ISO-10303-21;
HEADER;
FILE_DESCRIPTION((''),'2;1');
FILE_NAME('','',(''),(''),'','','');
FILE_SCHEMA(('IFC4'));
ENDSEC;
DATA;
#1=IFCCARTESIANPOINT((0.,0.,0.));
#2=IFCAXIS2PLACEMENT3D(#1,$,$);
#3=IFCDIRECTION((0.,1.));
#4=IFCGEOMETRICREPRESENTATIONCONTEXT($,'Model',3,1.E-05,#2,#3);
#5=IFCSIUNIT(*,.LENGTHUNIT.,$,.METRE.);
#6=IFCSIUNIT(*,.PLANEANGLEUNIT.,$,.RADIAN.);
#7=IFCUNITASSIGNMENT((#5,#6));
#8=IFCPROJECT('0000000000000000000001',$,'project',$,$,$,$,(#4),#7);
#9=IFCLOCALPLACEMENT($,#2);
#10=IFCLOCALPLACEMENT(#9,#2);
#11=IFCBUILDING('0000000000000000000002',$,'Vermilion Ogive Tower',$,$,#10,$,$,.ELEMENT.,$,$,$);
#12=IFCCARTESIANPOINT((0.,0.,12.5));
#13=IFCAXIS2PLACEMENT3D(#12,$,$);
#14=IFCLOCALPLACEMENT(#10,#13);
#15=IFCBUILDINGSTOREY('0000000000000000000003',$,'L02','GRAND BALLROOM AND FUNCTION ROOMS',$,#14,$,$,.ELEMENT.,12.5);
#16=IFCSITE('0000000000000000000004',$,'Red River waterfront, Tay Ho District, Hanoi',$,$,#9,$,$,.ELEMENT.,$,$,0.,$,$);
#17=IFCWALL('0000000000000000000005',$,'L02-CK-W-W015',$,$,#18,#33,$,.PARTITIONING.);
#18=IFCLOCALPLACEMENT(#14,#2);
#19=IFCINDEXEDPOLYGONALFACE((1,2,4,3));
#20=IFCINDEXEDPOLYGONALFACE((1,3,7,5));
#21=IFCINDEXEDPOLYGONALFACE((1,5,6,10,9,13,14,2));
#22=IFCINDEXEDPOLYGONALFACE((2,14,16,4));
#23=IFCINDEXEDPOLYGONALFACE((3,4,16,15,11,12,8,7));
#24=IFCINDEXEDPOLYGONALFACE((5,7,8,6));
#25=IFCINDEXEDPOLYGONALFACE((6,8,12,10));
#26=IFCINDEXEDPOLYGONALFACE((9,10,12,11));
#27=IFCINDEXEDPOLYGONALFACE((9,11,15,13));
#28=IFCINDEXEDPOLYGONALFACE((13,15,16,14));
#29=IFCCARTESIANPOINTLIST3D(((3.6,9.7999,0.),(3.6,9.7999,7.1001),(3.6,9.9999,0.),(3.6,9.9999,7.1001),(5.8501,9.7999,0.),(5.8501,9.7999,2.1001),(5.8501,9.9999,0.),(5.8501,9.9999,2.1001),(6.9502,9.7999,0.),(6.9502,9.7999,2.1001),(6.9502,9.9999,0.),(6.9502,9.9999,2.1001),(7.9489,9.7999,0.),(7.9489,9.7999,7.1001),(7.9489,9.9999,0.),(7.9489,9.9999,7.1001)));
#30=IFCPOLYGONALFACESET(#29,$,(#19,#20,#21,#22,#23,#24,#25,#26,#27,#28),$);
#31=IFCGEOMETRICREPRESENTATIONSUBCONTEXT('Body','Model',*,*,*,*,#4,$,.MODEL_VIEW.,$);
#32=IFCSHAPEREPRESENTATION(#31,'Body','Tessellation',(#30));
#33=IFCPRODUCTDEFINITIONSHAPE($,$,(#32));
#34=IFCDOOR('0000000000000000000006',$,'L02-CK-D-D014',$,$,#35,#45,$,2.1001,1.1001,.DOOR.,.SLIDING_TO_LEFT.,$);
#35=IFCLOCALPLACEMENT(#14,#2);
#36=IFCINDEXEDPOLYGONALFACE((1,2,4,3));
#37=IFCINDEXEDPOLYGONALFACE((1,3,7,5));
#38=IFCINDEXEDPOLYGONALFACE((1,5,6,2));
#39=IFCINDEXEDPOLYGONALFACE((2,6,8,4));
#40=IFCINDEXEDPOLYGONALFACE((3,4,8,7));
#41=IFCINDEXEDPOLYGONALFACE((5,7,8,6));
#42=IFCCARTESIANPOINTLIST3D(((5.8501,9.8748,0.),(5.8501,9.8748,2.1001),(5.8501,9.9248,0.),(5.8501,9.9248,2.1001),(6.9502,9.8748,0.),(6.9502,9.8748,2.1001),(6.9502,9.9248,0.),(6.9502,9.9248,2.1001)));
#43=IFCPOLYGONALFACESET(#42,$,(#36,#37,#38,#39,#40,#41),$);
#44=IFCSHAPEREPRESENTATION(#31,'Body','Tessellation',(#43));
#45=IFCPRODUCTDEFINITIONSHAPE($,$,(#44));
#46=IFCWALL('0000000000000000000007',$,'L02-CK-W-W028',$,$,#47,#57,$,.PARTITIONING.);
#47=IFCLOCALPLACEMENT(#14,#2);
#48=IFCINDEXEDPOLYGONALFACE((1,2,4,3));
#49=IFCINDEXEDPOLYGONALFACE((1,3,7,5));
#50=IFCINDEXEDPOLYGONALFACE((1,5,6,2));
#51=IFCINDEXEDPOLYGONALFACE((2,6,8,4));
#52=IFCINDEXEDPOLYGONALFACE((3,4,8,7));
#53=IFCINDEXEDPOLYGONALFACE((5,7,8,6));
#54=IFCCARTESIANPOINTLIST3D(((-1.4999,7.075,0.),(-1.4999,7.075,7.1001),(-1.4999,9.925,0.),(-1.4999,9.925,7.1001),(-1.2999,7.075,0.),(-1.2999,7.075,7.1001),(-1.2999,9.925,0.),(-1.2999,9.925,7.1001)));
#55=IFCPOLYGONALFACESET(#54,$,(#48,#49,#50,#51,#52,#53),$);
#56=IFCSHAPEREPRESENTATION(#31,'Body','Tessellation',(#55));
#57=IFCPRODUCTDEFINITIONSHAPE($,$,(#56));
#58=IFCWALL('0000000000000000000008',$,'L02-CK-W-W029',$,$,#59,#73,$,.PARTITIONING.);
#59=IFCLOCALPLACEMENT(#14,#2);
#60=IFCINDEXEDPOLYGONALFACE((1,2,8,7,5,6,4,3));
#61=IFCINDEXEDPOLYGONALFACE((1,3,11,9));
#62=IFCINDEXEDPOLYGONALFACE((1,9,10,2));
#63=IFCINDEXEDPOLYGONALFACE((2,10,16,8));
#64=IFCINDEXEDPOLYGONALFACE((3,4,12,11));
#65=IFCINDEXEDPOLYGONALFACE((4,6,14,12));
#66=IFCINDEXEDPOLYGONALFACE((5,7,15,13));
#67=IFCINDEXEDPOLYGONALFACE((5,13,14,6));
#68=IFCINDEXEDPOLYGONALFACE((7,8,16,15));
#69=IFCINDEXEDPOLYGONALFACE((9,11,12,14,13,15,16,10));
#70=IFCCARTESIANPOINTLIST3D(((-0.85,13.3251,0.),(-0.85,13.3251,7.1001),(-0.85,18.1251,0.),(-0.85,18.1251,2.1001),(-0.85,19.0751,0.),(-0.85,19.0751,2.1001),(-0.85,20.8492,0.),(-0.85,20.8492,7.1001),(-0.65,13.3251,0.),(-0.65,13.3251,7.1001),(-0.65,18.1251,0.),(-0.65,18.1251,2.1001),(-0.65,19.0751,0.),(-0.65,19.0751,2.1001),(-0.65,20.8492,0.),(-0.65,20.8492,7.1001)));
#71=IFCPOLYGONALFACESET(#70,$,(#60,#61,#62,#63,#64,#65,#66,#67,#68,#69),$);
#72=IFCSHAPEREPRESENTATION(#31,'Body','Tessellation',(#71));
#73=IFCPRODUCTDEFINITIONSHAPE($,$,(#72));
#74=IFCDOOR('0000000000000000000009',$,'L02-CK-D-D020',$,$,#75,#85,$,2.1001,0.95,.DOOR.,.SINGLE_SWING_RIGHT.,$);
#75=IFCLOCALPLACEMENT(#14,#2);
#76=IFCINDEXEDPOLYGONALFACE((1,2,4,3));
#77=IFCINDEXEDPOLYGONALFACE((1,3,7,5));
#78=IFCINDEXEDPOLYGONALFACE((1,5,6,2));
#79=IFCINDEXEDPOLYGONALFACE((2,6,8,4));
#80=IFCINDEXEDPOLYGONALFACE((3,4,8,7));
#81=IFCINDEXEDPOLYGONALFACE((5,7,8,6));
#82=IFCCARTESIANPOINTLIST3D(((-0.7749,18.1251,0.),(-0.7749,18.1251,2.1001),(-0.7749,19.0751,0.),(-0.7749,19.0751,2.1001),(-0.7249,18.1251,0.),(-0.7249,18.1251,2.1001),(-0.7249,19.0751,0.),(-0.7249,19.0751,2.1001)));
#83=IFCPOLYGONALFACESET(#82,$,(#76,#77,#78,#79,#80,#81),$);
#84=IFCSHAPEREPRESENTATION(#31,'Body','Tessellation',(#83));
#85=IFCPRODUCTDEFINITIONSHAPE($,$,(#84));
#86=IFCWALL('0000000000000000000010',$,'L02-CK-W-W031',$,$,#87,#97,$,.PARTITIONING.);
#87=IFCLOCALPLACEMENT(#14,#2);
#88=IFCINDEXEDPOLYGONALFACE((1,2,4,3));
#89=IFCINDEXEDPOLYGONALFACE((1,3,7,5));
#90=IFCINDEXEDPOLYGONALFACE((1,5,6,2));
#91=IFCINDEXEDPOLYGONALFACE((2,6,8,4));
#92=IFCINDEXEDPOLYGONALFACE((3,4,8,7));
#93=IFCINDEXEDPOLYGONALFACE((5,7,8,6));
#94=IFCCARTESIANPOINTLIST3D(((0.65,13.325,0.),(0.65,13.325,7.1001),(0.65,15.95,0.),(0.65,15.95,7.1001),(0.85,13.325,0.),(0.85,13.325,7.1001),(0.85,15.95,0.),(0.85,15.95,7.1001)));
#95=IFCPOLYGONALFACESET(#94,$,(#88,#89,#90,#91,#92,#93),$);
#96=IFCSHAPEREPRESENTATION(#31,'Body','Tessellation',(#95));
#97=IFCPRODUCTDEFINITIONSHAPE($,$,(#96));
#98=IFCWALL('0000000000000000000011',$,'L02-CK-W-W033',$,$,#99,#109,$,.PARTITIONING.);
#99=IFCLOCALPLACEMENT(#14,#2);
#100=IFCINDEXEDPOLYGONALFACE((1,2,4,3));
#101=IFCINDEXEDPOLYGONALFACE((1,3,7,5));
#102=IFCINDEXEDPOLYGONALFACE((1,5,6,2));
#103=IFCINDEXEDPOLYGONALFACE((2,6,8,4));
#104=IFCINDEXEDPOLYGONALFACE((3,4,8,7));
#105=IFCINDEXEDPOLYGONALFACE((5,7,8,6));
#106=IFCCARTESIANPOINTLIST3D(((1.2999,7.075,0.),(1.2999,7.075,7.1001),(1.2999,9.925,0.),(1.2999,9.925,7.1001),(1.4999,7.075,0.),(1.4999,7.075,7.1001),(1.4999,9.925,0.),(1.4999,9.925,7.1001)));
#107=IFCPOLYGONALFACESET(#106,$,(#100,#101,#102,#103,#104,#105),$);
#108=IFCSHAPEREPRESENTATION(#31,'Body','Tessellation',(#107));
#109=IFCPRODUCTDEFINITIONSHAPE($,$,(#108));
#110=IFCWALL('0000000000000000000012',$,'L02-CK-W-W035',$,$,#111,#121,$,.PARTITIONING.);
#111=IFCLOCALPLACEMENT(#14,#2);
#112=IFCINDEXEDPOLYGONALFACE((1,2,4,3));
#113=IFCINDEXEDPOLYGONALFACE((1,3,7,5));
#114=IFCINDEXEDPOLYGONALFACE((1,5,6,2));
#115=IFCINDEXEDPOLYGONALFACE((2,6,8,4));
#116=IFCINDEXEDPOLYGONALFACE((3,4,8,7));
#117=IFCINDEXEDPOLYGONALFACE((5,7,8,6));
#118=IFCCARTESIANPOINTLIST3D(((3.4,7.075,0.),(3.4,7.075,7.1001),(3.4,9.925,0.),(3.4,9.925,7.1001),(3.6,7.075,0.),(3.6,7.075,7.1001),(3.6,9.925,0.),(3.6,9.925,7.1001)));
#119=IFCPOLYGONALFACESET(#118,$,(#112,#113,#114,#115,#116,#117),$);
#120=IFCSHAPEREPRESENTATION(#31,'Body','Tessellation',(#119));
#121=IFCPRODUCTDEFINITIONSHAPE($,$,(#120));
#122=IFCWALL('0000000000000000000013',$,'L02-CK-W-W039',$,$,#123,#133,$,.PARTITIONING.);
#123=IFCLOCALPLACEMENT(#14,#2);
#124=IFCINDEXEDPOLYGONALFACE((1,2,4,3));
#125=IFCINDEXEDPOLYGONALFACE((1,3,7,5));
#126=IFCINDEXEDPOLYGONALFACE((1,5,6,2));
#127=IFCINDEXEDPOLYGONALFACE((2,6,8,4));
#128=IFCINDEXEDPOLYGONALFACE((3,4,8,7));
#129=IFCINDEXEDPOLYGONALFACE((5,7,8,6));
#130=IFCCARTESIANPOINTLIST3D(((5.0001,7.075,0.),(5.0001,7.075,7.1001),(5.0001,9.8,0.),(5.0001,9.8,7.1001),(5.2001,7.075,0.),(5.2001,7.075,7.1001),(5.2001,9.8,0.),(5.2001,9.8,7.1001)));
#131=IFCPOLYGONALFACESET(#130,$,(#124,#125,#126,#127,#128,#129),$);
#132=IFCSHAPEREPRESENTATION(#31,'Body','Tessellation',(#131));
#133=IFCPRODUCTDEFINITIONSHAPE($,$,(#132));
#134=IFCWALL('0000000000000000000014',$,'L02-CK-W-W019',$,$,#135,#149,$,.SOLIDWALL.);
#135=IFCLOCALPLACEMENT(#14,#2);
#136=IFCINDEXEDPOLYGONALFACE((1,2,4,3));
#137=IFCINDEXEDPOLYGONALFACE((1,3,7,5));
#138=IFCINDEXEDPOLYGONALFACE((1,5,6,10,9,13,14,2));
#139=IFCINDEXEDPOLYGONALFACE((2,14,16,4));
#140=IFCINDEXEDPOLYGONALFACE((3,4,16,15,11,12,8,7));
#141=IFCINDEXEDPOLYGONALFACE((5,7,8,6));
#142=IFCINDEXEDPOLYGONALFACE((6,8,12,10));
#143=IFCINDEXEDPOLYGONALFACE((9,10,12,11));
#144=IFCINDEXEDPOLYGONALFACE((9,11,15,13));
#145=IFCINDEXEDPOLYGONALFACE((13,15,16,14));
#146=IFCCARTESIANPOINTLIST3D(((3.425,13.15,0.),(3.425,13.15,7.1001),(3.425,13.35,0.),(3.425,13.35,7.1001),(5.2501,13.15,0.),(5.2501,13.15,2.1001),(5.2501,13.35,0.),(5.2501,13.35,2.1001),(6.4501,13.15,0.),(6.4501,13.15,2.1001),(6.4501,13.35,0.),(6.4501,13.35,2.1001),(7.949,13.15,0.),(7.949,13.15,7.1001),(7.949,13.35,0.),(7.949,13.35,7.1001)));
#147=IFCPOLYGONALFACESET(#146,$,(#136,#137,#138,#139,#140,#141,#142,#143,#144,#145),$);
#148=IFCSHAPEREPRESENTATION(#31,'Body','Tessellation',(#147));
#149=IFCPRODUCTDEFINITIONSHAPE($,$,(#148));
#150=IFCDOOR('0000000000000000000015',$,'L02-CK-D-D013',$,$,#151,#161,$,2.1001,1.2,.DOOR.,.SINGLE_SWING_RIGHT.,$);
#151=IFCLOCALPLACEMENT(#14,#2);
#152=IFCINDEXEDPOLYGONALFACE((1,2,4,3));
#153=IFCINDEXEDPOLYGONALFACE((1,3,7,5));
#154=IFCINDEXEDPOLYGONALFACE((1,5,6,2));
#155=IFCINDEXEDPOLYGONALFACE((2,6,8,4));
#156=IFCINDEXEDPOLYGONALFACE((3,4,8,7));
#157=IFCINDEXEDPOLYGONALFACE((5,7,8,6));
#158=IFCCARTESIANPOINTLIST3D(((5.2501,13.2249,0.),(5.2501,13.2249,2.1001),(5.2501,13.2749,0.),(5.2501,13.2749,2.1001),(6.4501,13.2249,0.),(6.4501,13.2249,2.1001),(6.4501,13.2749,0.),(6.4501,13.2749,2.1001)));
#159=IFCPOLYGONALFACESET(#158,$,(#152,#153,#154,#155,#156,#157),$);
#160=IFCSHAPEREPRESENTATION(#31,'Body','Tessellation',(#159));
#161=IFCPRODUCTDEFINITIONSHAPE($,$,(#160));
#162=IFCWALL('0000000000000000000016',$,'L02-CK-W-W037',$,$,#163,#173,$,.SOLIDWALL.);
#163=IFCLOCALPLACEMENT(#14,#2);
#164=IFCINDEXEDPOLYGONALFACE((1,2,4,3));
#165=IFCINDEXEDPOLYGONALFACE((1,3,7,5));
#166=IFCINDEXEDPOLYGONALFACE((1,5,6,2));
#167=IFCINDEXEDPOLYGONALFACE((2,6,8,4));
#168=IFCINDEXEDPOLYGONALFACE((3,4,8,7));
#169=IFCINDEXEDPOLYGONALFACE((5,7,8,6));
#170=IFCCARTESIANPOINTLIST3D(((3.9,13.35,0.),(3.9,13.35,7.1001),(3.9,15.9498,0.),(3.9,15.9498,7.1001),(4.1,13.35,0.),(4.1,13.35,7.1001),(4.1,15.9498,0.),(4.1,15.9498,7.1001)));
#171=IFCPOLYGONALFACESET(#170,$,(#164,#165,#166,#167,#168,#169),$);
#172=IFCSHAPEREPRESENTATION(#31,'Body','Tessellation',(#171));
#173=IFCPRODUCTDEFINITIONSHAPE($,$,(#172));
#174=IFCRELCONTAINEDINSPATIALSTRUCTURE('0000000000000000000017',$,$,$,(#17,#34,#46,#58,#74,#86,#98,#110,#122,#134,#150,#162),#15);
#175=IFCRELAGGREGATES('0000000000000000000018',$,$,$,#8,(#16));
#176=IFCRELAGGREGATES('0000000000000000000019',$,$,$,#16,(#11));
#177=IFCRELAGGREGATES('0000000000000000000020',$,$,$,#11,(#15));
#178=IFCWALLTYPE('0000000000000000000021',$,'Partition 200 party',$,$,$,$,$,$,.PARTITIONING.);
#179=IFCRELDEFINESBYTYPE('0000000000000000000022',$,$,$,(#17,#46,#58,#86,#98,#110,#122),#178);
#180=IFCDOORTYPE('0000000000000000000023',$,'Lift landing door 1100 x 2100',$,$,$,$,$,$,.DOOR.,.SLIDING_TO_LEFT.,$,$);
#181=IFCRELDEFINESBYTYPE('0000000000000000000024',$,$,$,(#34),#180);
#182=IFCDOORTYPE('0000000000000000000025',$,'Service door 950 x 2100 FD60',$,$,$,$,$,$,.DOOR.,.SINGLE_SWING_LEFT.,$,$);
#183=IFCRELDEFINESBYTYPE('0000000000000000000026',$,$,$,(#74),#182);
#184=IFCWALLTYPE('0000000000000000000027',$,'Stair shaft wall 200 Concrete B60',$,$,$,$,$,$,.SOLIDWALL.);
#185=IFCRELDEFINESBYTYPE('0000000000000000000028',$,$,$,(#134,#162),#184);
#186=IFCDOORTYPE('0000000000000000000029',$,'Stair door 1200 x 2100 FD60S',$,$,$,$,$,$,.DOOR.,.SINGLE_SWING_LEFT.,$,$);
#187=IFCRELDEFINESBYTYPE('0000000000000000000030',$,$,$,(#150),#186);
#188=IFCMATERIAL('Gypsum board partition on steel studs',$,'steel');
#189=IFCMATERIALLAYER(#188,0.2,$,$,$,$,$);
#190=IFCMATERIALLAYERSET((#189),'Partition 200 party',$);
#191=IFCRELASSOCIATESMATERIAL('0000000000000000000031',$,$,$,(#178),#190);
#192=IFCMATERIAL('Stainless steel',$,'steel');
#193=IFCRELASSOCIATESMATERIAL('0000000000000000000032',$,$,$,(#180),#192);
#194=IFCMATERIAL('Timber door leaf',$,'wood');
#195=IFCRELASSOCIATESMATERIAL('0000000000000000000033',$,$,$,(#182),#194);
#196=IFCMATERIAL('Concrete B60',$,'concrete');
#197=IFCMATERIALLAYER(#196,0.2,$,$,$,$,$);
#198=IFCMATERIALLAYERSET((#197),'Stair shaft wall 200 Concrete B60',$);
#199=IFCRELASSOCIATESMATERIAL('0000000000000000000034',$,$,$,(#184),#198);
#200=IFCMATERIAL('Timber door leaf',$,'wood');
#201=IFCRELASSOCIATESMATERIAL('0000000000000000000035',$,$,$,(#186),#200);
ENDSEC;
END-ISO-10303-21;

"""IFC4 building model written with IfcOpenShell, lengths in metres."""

from ifc_helpers import new_model, si_unit, direction, frame, frame_2d, origin, place, context, subcontext, project, spatial, rectangle, extrude, material, layer, layer_set, type_object, element, fill, save


model = new_model("IFC4")

# Units and contexts
model_context = context("Model", 3, precision=1e-05, world=origin(), true_north=direction((0.0, 1.0)))
body_context = subcontext(model_context, "Body", "Model", "MODEL_VIEW")
ifc_project = project(units=[si_unit("LENGTHUNIT", "METRE"), si_unit("PLANEANGLEUNIT", "RADIAN")], contexts=[model_context])

# Site, building, storey
site_placement = place(None, origin())
site = spatial("IfcSite", under=ifc_project, at=site_placement, Name="Red River waterfront, Tay Ho District, Hanoi", CompositionType="ELEMENT", RefElevation=0.0)
building_placement = place(site_placement, origin())
building = spatial("IfcBuilding", under=site, at=building_placement, Name="Vermilion Ogive Tower", CompositionType="ELEMENT")
storey_placement = place(building_placement, frame((0.0, 0.0, 12.5)))
storey = spatial("IfcBuildingStorey", under=building, at=storey_placement, Name="L02", Description="GRAND BALLROOM AND FUNCTION ROOMS", CompositionType="ELEMENT", Elevation=12.5)

# Shared definitions
ifc_material_1 = material(Name="Gypsum board partition on steel studs", Category="steel")
ifc_layer_1 = layer(ifc_material_1, 0.2)
ifc_layer_set_1 = layer_set([ifc_layer_1], Name="Partition 200 party")
wall_type_1 = type_object("IfcWallType", Name="Partition 200 party", PredefinedType="PARTITIONING", material=ifc_layer_set_1)

# Wall, opening, door
wall_1_placement = place(storey_placement, frame((3.6001, 9.8999, 0.0), z_axis=(0.0, 0.0, 1.0), x_axis=(1.0, 0.0, 0.0)))
wall_1 = element("IfcWall", 1, at=wall_1_placement, inside=storey, type_object=wall_type_1, Name="L02-CK-W-W015", PredefinedType="PARTITIONING", context=body_context, shape_type="SweptSolid", body=[
    extrude(rectangle(XDim=4.3489, YDim=0.2, at=frame_2d((2.1743, 0.0))), origin(), (0.0, 0.0, 1.0), 7.1001),
])
opening_1_placement = place(wall_1_placement, frame((2.25, 0.0, 0.0)))
opening_1 = element("IfcOpeningElement", 2, at=opening_1_placement, cuts=wall_1, PredefinedType="OPENING", context=body_context, shape_type="SweptSolid", body=[
    extrude(rectangle(XDim=1.1001, YDim=2.1001, at=frame_2d((0.55, 1.05))), frame((0.0, 0.1099, 0.0), z_axis=(0.0, -1.0, 0.0), x_axis=(1.0, 0.0, 0.0)), (0.0, 0.0, 1.0), 0.22),
])
ifc_material_2 = material(Name="Stainless steel", Category="steel")
door_type_1 = type_object("IfcDoorType", Name="Lift landing door 1100 x 2100", OperationType="SLIDING_TO_LEFT", PredefinedType="DOOR", material=ifc_material_2)
door_1_placement = place(opening_1_placement, origin())
door_1 = element("IfcDoor", 3, at=door_1_placement, inside=storey, type_object=door_type_1, Name="L02-CK-D-D014", OperationType="SLIDING_TO_LEFT", OverallHeight=2.1001, OverallWidth=1.1001, PredefinedType="DOOR", context=body_context, shape_type="SweptSolid", body=[
    extrude(rectangle(XDim=1.1001, YDim=2.1001, at=frame_2d((0.55, 1.05))), frame((0.0, 0.0249, 0.0), z_axis=(0.0, -1.0, 0.0), x_axis=(1.0, 0.0, 0.0)), (0.0, 0.0, 1.0), 0.05),
])
fill(opening_1, door_1)

# Wall
wall_2_placement = place(storey_placement, frame((-1.3999, 7.075, 0.0), z_axis=(0.0, 0.0, 1.0), x_axis=(0.0, 1.0, 0.0)))
element("IfcWall", 4, at=wall_2_placement, inside=storey, type_object=wall_type_1, Name="L02-CK-W-W028", PredefinedType="PARTITIONING", context=body_context, shape_type="SweptSolid", body=[
    extrude(rectangle(XDim=2.8501, YDim=0.2, at=frame_2d((1.425, 0.0))), origin(), (0.0, 0.0, 1.0), 7.1001),
])

# Wall, opening, door
wall_3_placement = place(storey_placement, frame((-0.75, 13.325, 0.0), z_axis=(0.0, 0.0, 1.0), x_axis=(0.0, 1.0, 0.0)))
wall_3 = element("IfcWall", 5, at=wall_3_placement, inside=storey, type_object=wall_type_1, Name="L02-CK-W-W029", PredefinedType="PARTITIONING", context=body_context, shape_type="SweptSolid", body=[
    extrude(rectangle(XDim=7.5242, YDim=0.2, at=frame_2d((3.7622, 0.0))), origin(), (0.0, 0.0, 1.0), 7.1001),
])
opening_2_placement = place(wall_3_placement, frame((4.8, 0.0, 0.0)))
opening_2 = element("IfcOpeningElement", 6, at=opening_2_placement, cuts=wall_3, PredefinedType="OPENING", context=body_context, shape_type="SweptSolid", body=[
    extrude(rectangle(XDim=0.95, YDim=2.1001, at=frame_2d((0.4751, 1.05))), frame((0.0, 0.1099, 0.0), z_axis=(0.0, -1.0, 0.0), x_axis=(1.0, 0.0, 0.0)), (0.0, 0.0, 1.0), 0.22),
])
ifc_material_3 = material(Name="Timber door leaf", Category="wood")
door_type_2 = type_object("IfcDoorType", Name="Service door 950 x 2100 FD60", OperationType="SINGLE_SWING_LEFT", PredefinedType="DOOR", material=ifc_material_3)
door_2_placement = place(opening_2_placement, origin())
door_2 = element("IfcDoor", 7, at=door_2_placement, inside=storey, type_object=door_type_2, Name="L02-CK-D-D020", OperationType="SINGLE_SWING_RIGHT", OverallHeight=2.1001, OverallWidth=0.95, PredefinedType="DOOR", context=body_context, shape_type="SweptSolid", body=[
    extrude(rectangle(XDim=0.95, YDim=2.1001, at=frame_2d((0.4751, 1.05))), frame((0.0, 0.0249, 0.0), z_axis=(0.0, -1.0, 0.0), x_axis=(1.0, 0.0, 0.0)), (0.0, 0.0, 1.0), 0.05),
])
fill(opening_2, door_2)

# Walls
wall_4_placement = place(storey_placement, frame((0.75, 13.325, 0.0), z_axis=(0.0, 0.0, 1.0), x_axis=(0.0, 1.0, 0.0)))
element("IfcWall", 8, at=wall_4_placement, inside=storey, type_object=wall_type_1, Name="L02-CK-W-W031", PredefinedType="PARTITIONING", context=body_context, shape_type="SweptSolid", body=[
    extrude(rectangle(XDim=2.625, YDim=0.2, at=frame_2d((1.3125, 0.0))), origin(), (0.0, 0.0, 1.0), 7.1001),
])
for number, where, z_axis, x_axis, name in (
    (9, (1.3999, 7.075, 0.0), (0.0, 0.0, 1.0), (0.0, 1.0, 0.0), "L02-CK-W-W033"),
    (10, (3.5, 7.075, 0.0), (0.0, 0.0, 1.0), (0.0, 1.0, 0.0), "L02-CK-W-W035"),
):
    element("IfcWall", number, at=place(storey_placement, frame(where, z_axis=z_axis, x_axis=x_axis)), inside=storey, type_object=wall_type_1, Name=name, PredefinedType="PARTITIONING", context=body_context, shape_type="SweptSolid", body=[
        extrude(rectangle(XDim=2.8501, YDim=0.2, at=frame_2d((1.425, 0.0))), origin(), (0.0, 0.0, 1.0), 7.1001),
    ])
wall_5_placement = place(storey_placement, frame((5.1001, 7.075, 0.0), z_axis=(0.0, 0.0, 1.0), x_axis=(0.0, 1.0, 0.0)))
element("IfcWall", 11, at=wall_5_placement, inside=storey, type_object=wall_type_1, Name="L02-CK-W-W039", PredefinedType="PARTITIONING", context=body_context, shape_type="SweptSolid", body=[
    extrude(rectangle(XDim=2.7251, YDim=0.2, at=frame_2d((1.3625, 0.0))), origin(), (0.0, 0.0, 1.0), 7.1001),
])

# Wall, opening, door
ifc_material_4 = material(Name="Concrete B60", Category="concrete")
ifc_layer_2 = layer(ifc_material_4, 0.2)
ifc_layer_set_2 = layer_set([ifc_layer_2], Name="Stair shaft wall 200 Concrete B60")
wall_type_2 = type_object("IfcWallType", Name="Stair shaft wall 200 Concrete B60", PredefinedType="SOLIDWALL", material=ifc_layer_set_2)
wall_6_placement = place(storey_placement, frame((3.425, 13.25, 0.0), z_axis=(0.0, 0.0, 1.0), x_axis=(1.0, 0.0, 0.0)))
wall_6 = element("IfcWall", 12, at=wall_6_placement, inside=storey, type_object=wall_type_2, Name="L02-CK-W-W019", PredefinedType="SOLIDWALL", context=body_context, shape_type="SweptSolid", body=[
    extrude(rectangle(XDim=4.5239, YDim=0.2, at=frame_2d((2.262, 0.0))), origin(), (0.0, 0.0, 1.0), 7.1001),
])
opening_3_placement = place(wall_6_placement, frame((1.825, 0.0, 0.0)))
opening_3 = element("IfcOpeningElement", 13, at=opening_3_placement, cuts=wall_6, PredefinedType="OPENING", context=body_context, shape_type="SweptSolid", body=[
    extrude(rectangle(XDim=1.2, YDim=2.1001, at=frame_2d((0.6001, 1.05))), frame((0.0, 0.1099, 0.0), z_axis=(0.0, -1.0, 0.0), x_axis=(1.0, 0.0, 0.0)), (0.0, 0.0, 1.0), 0.22),
])
ifc_material_5 = material(Name="Timber door leaf", Category="wood")
door_type_3 = type_object("IfcDoorType", Name="Stair door 1200 x 2100 FD60S", OperationType="SINGLE_SWING_LEFT", PredefinedType="DOOR", material=ifc_material_5)
door_3_placement = place(opening_3_placement, origin())
door_3 = element("IfcDoor", 14, at=door_3_placement, inside=storey, type_object=door_type_3, Name="L02-CK-D-D013", OperationType="SINGLE_SWING_RIGHT", OverallHeight=2.1001, OverallWidth=1.2, PredefinedType="DOOR", context=body_context, shape_type="SweptSolid", body=[
    extrude(rectangle(XDim=1.2, YDim=2.1001, at=frame_2d((0.6001, 1.05))), frame((0.0, 0.0249, 0.0), z_axis=(0.0, -1.0, 0.0), x_axis=(1.0, 0.0, 0.0)), (0.0, 0.0, 1.0), 0.05),
])
fill(opening_3, door_3)

# Wall
wall_7_placement = place(storey_placement, frame((4.0, 13.3501, 0.0), z_axis=(0.0, 0.0, 1.0), x_axis=(0.0, 1.0, 0.0)))
element("IfcWall", 15, at=wall_7_placement, inside=storey, type_object=wall_type_2, Name="L02-CK-W-W037", PredefinedType="SOLIDWALL", context=body_context, shape_type="SweptSolid", body=[
    extrude(rectangle(XDim=2.5999, YDim=0.2, at=frame_2d((1.2998, 0.0))), origin(), (0.0, 0.0, 1.0), 7.1001),
])

save(model, "model.ifc")
